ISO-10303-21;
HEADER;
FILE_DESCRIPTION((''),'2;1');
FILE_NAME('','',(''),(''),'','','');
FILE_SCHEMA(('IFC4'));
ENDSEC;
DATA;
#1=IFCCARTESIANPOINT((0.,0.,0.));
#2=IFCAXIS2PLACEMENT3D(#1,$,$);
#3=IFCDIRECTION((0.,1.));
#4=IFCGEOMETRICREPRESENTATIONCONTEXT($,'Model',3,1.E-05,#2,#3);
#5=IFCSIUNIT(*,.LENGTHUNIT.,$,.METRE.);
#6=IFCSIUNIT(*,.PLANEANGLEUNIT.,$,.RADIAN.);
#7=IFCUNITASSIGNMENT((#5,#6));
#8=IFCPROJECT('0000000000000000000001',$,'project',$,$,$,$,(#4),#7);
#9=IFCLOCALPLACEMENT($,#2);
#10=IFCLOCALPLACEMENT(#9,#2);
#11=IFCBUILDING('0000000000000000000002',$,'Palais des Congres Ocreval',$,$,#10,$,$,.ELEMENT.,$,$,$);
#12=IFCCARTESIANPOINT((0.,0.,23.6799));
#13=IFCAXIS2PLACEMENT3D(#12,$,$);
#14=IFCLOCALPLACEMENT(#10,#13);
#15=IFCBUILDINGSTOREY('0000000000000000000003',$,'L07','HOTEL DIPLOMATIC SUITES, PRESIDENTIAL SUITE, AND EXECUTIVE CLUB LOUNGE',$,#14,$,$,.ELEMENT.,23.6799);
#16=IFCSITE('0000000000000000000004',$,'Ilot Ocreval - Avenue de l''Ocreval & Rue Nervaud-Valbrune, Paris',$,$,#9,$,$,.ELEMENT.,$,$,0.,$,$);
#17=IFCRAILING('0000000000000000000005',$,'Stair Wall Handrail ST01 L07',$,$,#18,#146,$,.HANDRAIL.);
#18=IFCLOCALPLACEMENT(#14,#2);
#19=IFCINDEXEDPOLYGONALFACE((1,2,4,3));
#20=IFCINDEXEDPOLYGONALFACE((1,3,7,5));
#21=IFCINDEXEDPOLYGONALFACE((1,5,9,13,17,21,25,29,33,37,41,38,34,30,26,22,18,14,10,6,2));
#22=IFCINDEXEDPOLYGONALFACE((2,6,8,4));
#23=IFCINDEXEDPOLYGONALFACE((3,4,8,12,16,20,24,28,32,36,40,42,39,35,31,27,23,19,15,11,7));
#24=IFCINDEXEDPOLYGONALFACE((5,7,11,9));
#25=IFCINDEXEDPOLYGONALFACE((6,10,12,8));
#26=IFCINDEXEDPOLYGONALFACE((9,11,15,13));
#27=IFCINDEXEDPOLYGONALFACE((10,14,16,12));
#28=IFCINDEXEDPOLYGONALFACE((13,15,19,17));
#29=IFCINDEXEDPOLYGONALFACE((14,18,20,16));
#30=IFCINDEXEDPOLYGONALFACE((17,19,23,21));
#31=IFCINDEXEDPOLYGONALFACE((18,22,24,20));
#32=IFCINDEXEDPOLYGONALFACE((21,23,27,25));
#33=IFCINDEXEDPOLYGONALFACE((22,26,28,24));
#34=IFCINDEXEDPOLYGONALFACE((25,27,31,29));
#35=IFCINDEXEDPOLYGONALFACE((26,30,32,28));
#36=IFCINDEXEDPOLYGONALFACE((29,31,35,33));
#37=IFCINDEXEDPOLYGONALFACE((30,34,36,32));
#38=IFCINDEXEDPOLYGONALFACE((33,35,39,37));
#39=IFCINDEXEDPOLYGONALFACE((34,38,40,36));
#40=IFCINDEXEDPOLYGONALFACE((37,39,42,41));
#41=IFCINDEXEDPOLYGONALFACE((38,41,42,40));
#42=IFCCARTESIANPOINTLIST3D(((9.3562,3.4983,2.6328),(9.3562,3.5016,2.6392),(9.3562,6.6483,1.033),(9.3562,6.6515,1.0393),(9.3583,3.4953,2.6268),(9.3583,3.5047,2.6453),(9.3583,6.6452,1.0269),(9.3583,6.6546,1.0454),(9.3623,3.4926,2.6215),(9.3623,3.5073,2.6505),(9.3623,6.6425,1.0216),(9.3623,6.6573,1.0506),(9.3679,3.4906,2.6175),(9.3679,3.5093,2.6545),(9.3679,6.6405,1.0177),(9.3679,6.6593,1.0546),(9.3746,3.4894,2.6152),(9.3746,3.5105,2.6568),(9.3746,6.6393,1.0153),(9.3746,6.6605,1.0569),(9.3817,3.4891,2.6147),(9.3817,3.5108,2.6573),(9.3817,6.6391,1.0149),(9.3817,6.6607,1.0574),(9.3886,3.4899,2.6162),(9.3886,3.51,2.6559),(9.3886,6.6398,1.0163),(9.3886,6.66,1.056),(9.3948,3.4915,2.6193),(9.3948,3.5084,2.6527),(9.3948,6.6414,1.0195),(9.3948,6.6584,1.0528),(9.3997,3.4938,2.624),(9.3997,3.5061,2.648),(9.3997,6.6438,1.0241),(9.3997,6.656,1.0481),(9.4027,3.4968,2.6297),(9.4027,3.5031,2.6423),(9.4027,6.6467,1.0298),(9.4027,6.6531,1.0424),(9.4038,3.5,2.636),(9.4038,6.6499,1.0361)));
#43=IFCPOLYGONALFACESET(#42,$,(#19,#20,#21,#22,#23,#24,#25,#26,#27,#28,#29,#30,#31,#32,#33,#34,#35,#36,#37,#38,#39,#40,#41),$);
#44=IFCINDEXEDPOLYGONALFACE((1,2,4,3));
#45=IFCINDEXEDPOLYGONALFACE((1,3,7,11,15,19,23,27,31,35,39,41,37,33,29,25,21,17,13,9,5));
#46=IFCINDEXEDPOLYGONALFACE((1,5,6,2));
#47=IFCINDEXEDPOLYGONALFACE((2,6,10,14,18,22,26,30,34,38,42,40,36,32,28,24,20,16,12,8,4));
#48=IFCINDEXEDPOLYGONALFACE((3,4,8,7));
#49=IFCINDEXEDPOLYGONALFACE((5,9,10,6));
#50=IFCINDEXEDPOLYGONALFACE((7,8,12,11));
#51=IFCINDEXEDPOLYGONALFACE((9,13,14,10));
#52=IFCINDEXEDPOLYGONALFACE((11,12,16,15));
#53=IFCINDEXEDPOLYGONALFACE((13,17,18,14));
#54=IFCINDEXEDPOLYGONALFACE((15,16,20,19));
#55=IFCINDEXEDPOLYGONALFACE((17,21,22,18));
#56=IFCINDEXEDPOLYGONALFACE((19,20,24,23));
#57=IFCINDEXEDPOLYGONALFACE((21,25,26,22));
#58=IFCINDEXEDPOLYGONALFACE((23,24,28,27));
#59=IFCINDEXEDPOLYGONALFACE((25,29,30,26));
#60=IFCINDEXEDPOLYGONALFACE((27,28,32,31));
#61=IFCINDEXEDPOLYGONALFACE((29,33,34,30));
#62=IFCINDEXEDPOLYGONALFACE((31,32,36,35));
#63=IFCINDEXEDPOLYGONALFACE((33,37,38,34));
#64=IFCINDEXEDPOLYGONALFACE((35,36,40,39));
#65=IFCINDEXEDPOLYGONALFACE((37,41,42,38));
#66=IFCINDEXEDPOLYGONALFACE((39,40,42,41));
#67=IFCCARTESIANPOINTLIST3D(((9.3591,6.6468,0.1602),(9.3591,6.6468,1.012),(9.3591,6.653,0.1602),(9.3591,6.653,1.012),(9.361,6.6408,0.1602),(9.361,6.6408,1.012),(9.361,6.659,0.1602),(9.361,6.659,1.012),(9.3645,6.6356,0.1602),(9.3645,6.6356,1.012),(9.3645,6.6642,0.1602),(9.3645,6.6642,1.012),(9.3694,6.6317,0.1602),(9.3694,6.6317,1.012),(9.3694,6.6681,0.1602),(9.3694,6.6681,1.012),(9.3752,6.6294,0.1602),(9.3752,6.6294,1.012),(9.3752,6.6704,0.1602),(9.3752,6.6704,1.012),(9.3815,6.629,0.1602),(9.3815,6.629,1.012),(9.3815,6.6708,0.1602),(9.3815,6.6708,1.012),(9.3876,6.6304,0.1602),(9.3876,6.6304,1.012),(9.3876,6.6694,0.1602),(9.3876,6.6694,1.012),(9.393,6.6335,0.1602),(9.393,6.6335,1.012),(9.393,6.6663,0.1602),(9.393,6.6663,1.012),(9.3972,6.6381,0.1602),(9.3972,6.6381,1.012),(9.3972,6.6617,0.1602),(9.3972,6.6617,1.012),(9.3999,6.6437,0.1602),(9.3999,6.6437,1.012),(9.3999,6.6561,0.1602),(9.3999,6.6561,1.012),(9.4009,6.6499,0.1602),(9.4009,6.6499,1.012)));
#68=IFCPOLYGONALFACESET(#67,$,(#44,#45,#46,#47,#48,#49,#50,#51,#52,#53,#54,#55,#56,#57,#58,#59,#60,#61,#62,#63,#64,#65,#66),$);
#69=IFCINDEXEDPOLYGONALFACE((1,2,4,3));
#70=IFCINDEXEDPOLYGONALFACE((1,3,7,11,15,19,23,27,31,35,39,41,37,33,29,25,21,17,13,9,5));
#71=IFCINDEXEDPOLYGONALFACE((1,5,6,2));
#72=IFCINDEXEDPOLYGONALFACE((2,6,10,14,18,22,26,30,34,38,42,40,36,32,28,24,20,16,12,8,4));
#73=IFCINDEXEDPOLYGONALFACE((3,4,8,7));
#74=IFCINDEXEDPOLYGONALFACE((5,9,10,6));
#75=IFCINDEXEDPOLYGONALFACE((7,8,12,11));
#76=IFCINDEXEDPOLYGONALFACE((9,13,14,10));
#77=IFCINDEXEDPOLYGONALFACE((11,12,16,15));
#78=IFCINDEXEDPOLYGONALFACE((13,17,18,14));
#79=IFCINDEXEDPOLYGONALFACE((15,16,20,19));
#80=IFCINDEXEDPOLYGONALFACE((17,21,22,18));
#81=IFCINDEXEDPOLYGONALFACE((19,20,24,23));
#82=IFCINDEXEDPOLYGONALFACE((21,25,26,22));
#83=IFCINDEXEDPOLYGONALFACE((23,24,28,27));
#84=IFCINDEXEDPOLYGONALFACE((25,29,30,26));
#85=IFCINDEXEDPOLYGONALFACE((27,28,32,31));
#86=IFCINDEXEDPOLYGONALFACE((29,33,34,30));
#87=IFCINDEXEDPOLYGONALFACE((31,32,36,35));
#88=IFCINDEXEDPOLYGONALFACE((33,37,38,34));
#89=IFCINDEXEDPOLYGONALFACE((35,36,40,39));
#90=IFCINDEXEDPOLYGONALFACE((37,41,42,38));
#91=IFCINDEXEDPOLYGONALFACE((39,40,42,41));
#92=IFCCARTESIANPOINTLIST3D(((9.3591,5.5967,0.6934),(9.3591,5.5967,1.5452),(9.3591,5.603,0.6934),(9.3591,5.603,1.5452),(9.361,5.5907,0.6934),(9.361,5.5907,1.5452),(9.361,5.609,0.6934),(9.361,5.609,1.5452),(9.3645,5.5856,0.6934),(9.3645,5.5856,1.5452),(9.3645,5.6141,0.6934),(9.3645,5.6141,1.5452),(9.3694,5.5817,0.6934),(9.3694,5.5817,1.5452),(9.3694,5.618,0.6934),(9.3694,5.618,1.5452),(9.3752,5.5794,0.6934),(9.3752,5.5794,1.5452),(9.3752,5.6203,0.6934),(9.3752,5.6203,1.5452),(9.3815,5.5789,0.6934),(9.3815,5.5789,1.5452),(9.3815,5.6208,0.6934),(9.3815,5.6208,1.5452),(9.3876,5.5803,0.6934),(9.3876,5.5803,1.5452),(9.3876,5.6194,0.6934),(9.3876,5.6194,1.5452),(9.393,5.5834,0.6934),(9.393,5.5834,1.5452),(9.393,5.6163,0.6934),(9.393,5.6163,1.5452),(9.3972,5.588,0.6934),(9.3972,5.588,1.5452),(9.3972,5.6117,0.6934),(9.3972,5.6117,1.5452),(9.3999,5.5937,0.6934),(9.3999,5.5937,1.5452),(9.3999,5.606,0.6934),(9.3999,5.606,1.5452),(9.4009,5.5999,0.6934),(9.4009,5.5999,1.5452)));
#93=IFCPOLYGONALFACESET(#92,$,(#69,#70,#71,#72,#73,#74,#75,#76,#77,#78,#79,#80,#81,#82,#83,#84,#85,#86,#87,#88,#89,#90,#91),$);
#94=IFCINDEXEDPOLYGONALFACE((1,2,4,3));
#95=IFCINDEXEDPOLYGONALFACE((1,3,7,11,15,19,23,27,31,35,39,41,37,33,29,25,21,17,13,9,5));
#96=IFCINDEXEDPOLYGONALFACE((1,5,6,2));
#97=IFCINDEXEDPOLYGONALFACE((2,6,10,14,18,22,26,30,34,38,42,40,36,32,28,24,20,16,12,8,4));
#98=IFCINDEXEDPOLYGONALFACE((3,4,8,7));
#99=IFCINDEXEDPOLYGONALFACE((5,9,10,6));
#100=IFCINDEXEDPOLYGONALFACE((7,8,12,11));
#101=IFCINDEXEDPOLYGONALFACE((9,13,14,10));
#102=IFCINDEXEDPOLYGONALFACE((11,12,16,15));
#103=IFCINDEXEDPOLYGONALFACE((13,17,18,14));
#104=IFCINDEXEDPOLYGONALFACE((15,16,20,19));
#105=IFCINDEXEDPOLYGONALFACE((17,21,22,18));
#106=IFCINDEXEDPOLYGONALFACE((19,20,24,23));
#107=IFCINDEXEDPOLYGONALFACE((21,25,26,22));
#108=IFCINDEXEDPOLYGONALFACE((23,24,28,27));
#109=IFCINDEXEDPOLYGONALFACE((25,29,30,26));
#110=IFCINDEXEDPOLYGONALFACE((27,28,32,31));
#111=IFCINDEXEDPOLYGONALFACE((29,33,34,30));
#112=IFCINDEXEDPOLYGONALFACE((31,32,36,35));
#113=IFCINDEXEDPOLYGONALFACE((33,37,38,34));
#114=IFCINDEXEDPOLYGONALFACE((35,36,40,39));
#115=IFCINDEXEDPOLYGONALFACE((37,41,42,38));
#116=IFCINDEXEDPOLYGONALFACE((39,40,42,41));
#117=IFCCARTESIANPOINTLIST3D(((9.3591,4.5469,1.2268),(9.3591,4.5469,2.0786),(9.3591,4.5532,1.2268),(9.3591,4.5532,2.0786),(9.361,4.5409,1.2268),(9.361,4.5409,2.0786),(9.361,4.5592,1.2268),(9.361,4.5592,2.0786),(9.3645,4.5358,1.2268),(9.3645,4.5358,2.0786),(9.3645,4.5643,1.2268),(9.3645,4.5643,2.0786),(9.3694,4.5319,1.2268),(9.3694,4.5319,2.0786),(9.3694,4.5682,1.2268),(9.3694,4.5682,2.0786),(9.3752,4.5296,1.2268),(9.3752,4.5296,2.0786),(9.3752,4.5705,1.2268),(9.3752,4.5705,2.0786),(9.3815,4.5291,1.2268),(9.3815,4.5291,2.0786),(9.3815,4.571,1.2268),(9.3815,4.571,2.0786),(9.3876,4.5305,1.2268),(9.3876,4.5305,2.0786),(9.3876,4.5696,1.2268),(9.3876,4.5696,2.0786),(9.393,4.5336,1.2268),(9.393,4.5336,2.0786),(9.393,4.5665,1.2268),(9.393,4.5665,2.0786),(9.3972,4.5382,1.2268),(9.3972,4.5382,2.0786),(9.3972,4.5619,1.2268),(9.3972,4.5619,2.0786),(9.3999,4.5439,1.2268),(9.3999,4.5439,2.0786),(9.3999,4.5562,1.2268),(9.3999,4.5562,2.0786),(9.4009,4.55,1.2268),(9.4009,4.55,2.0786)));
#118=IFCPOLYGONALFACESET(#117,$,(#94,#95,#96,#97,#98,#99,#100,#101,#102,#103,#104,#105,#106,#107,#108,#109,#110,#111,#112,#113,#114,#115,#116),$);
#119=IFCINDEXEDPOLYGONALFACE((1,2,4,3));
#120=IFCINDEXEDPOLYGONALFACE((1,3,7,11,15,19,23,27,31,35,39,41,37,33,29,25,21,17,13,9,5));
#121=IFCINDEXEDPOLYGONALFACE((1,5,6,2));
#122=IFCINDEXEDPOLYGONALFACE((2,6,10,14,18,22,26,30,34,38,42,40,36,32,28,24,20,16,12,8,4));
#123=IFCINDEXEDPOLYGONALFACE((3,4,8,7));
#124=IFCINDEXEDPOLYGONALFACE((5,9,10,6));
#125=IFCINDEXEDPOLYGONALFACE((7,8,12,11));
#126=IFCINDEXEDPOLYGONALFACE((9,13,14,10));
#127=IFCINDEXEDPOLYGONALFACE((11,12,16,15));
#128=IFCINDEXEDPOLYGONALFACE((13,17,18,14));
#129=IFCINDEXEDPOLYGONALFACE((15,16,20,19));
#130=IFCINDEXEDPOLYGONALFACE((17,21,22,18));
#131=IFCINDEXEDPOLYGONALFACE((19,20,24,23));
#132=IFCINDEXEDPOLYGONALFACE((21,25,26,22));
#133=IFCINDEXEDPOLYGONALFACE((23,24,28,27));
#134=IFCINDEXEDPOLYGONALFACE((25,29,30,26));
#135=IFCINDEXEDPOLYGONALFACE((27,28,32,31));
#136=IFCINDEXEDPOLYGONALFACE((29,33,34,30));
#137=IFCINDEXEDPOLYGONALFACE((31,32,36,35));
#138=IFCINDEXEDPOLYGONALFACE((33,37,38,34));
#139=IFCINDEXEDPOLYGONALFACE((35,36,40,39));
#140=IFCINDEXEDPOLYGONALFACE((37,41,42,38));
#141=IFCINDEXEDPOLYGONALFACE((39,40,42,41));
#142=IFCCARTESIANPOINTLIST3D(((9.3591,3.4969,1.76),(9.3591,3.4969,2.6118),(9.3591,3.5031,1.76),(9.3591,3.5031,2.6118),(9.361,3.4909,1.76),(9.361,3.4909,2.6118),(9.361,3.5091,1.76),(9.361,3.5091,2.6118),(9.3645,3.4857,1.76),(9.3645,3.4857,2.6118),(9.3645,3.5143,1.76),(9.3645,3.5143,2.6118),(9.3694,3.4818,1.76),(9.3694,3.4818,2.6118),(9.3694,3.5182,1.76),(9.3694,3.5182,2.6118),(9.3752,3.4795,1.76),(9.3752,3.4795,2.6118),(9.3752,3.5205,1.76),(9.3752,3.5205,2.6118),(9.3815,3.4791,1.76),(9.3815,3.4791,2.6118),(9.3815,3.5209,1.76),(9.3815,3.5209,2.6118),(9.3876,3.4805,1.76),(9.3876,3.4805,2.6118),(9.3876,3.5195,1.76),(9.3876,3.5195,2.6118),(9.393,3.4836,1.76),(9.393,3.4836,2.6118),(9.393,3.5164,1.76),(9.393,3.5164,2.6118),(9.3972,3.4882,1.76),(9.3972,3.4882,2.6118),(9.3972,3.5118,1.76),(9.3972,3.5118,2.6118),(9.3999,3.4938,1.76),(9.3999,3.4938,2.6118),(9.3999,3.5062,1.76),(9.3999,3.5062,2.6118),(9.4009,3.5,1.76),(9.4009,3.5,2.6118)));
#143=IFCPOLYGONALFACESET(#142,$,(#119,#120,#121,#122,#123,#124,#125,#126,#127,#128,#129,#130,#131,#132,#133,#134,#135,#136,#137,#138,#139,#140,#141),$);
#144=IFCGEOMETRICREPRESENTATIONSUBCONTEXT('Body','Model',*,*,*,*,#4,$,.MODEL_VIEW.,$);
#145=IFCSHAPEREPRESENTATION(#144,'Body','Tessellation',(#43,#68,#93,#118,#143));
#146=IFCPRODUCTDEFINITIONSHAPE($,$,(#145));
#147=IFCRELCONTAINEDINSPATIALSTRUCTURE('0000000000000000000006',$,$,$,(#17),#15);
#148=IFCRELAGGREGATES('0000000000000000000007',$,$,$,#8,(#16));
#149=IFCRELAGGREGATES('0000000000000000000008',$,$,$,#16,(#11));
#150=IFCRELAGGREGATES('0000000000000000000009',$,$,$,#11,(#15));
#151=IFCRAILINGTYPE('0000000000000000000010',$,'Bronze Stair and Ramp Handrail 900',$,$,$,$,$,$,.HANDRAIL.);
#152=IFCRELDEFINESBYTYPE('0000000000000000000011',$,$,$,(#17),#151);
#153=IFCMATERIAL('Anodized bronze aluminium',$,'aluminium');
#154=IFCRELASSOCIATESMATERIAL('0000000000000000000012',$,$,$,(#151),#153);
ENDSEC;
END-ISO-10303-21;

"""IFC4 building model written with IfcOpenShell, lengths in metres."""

from ifc_helpers import new_model, si_unit, direction, frame, origin, origin_2d, place, context, subcontext, project, spatial, circle, extrude, material, type_object, element, save


model = new_model("IFC4")

# Units and contexts
model_context = context("Model", 3, precision=1e-05, world=origin(), true_north=direction((0.0, 1.0)))
body_context = subcontext(model_context, "Body", "Model", "MODEL_VIEW")
ifc_project = project(units=[si_unit("LENGTHUNIT", "METRE"), si_unit("PLANEANGLEUNIT", "RADIAN")], contexts=[model_context])

# Site, building, storey
site_placement = place(None, origin())
site = spatial("IfcSite", under=ifc_project, at=site_placement, Name="Ilot Ocreval - Avenue de l'Ocreval & Rue Nervaud-Valbrune, Paris", CompositionType="ELEMENT", RefElevation=0.0)
building_placement = place(site_placement, origin())
building = spatial("IfcBuilding", under=site, at=building_placement, Name="Palais des Congres Ocreval", CompositionType="ELEMENT")
storey_placement = place(building_placement, frame((0.0, 0.0, 23.6799)))
storey = spatial("IfcBuildingStorey", under=building, at=storey_placement, Name="L07", Description="HOTEL DIPLOMATIC SUITES, PRESIDENTIAL SUITE, AND EXECUTIVE CLUB LOUNGE", CompositionType="ELEMENT", Elevation=23.6799)

# Railing
ifc_material_1 = material(Name="Anodized bronze aluminium", Category="aluminium")
railing_type_1 = type_object("IfcRailingType", Name="Bronze Stair and Ramp Handrail 900", PredefinedType="HANDRAIL", material=ifc_material_1)
railing_1_placement = place(storey_placement, frame((9.3799, 6.6499, 0.1602)))
element("IfcRailing", 1, at=railing_1_placement, inside=storey, type_object=railing_type_1, Name="Stair Wall Handrail ST01 L07", PredefinedType="HANDRAIL", context=body_context, shape_type="SweptSolid", body=[
    extrude(circle(Radius=0.0239, at=origin_2d()), frame((0.0, 0.0, 0.876), z_axis=(0.0, -0.89159, 0.452844), x_axis=(1.0, 0.0, 0.0)), (0.0, 0.0, 1.0), 3.533),
    extrude(circle(Radius=0.021, at=origin_2d()), origin(), (0.0, 0.0, 1.0), 0.8518),
    extrude(circle(Radius=0.021, at=origin_2d()), frame((0.0, -1.05, 0.5332)), (0.0, 0.0, 1.0), 0.8518),
    extrude(circle(Radius=0.021, at=origin_2d()), frame((0.0, -2.0999, 1.0667)), (0.0, 0.0, 1.0), 0.8518),
    extrude(circle(Radius=0.021, at=origin_2d()), frame((0.0, -3.1499, 1.5999)), (0.0, 0.0, 1.0), 0.8518),
])

save(model, "model.ifc")
